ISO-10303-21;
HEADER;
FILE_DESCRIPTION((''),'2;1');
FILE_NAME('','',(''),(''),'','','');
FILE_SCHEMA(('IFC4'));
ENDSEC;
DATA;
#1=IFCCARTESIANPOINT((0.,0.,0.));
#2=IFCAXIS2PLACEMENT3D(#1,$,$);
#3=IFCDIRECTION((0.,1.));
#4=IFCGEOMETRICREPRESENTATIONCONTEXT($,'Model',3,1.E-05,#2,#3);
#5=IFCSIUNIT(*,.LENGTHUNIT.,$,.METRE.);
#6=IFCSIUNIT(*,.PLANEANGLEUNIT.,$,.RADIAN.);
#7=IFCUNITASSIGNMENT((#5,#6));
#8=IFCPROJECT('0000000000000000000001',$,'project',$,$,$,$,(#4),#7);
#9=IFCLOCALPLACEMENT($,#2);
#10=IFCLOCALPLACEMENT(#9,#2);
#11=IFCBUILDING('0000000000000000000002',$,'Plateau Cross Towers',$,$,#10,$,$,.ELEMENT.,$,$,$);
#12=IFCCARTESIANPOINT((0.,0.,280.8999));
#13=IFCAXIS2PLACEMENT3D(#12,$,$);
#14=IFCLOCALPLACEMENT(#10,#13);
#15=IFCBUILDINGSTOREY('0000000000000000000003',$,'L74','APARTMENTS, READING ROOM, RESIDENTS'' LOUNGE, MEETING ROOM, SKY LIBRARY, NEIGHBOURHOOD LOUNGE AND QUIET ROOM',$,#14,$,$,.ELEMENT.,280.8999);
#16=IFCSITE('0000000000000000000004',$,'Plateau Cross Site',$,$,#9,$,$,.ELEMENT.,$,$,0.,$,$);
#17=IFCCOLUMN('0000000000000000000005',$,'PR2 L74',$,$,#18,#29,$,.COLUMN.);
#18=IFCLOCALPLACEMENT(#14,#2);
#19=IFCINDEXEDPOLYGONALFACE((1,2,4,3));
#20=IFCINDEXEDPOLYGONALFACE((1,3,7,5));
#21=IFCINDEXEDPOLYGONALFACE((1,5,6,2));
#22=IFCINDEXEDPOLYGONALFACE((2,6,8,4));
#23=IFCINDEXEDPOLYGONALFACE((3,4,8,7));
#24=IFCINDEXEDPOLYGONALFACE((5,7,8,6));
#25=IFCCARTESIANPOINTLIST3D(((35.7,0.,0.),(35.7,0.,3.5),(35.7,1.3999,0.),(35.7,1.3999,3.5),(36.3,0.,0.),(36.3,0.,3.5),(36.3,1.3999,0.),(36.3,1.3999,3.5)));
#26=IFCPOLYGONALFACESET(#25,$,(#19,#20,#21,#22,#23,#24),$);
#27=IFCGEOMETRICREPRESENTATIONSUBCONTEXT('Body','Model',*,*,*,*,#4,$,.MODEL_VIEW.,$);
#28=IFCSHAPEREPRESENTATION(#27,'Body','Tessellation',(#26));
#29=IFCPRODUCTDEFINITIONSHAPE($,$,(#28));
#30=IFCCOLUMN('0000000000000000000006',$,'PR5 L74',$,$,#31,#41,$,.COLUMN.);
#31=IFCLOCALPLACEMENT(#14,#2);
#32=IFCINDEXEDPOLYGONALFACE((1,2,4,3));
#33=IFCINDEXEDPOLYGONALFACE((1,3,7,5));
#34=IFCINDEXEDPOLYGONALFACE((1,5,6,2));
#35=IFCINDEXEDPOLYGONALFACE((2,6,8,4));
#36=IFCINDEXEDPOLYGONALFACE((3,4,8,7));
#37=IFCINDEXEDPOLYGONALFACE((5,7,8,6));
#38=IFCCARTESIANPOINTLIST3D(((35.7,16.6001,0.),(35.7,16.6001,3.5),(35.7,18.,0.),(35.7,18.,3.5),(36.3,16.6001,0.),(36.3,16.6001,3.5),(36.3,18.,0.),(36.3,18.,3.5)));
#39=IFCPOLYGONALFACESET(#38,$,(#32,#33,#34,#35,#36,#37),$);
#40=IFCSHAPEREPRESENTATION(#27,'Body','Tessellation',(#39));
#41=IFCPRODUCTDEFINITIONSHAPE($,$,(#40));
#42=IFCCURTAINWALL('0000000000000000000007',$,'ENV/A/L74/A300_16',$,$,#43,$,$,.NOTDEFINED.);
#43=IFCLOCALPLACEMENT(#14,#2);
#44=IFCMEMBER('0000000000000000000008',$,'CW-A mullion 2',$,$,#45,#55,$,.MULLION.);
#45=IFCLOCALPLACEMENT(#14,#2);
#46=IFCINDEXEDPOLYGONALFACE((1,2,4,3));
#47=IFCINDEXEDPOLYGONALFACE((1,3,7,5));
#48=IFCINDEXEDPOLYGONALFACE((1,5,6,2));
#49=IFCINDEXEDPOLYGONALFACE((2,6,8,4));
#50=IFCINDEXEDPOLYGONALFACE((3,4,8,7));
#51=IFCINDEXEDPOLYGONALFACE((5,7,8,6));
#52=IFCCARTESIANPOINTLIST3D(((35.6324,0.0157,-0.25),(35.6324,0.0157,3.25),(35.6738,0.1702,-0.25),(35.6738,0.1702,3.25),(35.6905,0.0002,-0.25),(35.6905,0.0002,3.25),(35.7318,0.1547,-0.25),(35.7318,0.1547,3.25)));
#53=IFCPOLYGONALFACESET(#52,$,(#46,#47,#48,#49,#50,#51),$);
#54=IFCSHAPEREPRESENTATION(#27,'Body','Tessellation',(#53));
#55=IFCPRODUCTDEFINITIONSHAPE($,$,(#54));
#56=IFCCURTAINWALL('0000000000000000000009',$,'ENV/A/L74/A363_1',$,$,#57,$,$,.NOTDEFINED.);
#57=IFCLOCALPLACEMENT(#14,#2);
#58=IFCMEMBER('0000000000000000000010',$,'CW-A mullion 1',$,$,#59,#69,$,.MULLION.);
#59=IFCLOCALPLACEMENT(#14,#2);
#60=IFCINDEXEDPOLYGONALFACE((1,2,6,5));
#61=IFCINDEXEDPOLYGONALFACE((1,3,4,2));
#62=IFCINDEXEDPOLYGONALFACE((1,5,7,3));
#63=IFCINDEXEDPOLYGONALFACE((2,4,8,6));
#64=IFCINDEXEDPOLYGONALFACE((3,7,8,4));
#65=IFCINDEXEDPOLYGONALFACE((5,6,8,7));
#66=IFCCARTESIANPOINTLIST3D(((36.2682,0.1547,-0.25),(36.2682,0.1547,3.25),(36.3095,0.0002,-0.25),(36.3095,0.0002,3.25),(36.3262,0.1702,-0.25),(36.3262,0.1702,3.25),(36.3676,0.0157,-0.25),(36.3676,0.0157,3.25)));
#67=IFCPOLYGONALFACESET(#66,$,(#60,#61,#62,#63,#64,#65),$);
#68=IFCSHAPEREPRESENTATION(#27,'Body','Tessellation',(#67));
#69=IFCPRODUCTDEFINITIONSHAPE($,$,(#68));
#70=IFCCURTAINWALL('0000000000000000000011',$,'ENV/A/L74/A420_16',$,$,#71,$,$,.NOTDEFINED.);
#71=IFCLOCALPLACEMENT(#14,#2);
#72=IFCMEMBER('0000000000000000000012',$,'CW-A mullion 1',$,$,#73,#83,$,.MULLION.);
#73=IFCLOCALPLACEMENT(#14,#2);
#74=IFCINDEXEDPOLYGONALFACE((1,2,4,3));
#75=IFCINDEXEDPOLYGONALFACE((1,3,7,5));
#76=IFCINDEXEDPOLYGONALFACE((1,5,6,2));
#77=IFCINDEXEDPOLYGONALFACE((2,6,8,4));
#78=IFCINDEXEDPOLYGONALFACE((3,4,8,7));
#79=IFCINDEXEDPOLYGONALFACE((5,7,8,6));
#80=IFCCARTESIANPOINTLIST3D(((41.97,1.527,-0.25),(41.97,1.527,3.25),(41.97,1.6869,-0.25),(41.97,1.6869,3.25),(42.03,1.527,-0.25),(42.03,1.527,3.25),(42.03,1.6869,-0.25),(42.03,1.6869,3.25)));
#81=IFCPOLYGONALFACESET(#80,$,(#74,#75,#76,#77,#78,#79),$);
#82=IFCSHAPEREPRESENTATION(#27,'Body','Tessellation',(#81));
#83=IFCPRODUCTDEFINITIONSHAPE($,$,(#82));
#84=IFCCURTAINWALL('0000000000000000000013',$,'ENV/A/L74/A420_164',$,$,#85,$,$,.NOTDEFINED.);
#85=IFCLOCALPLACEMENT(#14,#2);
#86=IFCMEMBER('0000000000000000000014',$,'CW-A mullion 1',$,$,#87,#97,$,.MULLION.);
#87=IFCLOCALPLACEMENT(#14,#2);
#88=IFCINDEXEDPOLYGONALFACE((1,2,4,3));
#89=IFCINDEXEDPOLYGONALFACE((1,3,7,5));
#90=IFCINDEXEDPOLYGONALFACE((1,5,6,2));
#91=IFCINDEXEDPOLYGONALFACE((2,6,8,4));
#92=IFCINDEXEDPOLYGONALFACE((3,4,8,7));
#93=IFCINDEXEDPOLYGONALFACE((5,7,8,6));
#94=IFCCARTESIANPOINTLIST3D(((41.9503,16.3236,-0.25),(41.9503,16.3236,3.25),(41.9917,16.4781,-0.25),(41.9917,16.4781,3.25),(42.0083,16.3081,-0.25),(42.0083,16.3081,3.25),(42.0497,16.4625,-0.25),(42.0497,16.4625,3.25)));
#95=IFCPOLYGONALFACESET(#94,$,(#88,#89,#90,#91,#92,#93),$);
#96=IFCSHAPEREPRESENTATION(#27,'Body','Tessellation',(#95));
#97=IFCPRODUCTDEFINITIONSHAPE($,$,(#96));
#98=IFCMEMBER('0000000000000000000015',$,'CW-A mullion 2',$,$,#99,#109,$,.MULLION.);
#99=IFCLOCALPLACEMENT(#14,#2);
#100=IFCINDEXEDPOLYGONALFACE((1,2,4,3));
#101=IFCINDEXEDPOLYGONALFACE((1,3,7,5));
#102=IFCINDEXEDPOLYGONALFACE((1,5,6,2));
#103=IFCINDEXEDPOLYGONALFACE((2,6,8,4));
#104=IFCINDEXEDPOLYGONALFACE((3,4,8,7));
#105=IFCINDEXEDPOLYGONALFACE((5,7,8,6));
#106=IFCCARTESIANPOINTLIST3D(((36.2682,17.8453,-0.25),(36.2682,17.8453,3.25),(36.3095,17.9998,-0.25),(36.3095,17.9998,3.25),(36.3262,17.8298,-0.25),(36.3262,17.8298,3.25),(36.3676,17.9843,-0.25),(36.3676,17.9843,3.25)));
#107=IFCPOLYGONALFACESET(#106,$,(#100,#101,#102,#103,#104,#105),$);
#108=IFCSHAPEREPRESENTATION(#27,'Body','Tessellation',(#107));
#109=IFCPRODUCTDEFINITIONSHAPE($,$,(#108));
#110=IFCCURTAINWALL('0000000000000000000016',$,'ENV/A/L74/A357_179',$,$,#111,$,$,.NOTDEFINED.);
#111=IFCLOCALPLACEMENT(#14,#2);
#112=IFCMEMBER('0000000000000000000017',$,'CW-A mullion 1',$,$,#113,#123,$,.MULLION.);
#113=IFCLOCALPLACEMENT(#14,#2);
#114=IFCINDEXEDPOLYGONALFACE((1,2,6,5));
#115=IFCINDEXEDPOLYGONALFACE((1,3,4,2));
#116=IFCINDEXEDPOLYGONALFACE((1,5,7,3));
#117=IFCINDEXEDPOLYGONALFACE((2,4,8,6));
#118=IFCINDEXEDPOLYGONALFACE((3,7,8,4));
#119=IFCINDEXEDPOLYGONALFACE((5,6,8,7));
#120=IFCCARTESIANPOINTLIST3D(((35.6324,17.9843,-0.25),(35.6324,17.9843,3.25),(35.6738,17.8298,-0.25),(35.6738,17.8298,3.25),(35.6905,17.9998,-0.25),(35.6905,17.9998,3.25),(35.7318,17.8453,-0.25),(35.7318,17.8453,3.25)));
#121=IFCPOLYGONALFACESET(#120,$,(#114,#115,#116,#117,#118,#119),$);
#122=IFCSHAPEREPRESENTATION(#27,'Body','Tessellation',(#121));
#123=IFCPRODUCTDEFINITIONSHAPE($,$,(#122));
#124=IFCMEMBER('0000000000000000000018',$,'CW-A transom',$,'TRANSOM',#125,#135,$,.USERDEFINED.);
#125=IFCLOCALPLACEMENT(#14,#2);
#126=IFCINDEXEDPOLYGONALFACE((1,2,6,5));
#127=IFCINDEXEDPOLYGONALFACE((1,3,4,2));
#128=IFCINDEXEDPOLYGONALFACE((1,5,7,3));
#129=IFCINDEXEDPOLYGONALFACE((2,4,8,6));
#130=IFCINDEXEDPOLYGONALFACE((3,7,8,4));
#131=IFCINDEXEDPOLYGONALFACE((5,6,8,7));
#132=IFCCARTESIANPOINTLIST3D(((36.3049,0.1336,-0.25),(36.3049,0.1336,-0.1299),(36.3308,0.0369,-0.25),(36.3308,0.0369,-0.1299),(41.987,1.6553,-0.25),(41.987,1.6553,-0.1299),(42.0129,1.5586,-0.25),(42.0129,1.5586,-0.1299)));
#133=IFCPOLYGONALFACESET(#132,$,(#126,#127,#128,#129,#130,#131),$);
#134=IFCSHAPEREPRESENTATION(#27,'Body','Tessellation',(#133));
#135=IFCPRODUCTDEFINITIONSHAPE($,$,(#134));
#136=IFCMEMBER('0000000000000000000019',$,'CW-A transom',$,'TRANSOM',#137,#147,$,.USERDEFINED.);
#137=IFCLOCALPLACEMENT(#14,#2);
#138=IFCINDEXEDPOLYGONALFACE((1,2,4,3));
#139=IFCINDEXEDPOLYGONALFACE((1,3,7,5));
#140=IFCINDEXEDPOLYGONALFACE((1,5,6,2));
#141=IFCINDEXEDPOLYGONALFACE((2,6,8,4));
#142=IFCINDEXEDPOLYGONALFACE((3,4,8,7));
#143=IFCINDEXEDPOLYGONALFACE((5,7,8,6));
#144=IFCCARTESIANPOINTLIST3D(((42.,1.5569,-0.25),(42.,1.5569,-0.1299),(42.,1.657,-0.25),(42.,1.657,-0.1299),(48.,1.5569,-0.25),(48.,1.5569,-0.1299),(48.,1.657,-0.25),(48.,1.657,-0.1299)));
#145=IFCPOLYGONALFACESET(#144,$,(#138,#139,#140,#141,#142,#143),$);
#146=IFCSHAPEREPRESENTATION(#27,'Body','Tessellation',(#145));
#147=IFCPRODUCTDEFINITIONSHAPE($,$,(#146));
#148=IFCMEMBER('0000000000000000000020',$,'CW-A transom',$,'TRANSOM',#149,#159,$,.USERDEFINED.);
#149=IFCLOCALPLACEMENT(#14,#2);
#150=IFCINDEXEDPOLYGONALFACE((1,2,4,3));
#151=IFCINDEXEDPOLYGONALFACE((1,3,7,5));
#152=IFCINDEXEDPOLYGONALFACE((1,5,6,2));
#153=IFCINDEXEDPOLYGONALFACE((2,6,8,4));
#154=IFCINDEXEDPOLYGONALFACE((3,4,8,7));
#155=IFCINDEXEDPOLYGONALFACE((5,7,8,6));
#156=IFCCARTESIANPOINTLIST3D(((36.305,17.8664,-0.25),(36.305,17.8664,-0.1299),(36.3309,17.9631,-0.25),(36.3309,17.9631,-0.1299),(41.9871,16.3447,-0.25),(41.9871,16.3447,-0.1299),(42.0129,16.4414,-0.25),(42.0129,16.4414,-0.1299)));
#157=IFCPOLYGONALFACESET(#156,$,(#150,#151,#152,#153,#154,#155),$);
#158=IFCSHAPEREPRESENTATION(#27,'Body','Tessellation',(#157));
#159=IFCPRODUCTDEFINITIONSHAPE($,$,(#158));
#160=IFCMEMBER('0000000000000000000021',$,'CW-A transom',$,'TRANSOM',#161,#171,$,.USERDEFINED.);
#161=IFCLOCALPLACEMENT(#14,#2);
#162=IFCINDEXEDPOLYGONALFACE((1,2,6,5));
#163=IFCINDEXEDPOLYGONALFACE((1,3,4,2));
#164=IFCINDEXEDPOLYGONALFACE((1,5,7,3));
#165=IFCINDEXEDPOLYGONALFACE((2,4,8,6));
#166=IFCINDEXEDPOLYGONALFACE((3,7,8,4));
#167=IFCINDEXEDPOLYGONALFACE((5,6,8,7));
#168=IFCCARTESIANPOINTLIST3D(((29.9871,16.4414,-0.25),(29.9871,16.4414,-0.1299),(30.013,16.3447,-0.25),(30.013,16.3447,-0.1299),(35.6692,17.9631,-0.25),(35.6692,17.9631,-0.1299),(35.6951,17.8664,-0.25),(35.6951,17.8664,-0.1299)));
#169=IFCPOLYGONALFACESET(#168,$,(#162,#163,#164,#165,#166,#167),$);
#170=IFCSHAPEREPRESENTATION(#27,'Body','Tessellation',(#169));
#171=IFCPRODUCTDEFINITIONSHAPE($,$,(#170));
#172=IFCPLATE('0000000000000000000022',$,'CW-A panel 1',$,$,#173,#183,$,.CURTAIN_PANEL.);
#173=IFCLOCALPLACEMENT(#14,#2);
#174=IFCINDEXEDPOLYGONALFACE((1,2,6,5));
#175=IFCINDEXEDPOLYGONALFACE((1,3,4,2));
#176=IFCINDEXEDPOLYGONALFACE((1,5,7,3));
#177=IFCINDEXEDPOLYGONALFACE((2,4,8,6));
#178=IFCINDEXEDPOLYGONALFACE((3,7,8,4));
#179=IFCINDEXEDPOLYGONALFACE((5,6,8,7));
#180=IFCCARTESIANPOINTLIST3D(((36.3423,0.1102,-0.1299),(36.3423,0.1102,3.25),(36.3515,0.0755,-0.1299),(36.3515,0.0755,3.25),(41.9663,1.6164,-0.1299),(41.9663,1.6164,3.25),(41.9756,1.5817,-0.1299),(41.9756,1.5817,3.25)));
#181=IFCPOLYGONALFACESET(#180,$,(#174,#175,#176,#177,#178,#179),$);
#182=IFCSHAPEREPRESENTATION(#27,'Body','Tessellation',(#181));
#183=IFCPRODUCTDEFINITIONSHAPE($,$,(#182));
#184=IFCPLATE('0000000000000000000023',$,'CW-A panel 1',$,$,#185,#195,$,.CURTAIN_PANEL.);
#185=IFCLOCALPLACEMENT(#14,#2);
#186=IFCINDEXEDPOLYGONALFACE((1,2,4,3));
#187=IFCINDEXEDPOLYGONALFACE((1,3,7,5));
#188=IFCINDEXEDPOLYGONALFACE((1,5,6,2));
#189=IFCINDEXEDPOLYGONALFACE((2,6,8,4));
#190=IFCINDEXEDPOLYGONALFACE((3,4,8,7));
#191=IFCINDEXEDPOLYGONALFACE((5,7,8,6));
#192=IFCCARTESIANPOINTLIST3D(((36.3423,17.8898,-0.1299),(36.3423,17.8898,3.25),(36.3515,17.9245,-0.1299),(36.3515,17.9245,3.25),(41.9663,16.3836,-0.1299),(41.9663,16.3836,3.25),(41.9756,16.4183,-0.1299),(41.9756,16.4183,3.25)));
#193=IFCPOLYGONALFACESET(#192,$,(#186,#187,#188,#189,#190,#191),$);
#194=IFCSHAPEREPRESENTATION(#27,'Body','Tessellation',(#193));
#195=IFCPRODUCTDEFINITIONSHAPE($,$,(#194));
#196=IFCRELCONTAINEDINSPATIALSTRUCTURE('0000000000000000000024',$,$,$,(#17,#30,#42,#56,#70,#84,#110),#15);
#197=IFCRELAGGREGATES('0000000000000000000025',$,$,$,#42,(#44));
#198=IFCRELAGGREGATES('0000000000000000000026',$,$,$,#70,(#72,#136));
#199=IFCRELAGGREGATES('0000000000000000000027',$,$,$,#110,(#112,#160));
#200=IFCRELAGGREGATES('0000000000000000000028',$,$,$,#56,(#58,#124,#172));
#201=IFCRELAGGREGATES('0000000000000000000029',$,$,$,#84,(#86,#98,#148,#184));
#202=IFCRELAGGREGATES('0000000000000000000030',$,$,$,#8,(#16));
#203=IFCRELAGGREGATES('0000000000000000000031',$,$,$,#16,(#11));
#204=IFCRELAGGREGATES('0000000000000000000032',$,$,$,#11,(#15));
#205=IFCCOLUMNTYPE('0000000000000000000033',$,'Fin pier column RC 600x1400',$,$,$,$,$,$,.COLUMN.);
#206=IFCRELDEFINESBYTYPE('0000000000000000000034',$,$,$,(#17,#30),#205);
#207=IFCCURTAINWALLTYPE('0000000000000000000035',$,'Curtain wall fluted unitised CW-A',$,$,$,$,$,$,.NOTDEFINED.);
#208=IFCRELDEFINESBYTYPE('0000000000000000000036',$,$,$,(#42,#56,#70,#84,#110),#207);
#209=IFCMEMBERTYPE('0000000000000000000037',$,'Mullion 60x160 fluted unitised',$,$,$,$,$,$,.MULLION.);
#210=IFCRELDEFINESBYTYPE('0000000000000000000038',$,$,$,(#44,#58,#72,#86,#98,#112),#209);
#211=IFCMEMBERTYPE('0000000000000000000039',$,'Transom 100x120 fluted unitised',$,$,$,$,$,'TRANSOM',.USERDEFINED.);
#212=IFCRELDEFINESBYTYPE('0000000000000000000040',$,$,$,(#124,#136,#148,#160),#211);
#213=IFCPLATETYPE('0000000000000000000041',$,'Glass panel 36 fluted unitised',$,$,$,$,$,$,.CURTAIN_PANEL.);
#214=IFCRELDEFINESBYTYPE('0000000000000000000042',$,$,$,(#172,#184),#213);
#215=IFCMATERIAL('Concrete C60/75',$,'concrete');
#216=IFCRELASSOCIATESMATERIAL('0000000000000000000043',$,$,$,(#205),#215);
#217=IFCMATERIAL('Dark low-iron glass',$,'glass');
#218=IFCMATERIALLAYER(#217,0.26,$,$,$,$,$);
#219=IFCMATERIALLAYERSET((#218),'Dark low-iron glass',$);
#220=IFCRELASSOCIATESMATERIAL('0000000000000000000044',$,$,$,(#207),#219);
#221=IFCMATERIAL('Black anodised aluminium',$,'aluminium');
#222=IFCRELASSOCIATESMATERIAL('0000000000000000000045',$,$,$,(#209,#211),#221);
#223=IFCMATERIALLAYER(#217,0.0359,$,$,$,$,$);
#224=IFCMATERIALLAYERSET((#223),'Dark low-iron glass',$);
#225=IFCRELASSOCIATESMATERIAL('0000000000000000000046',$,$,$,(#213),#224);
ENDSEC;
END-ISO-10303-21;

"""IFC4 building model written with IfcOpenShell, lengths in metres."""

from ifc_helpers import new_model, si_unit, direction, frame, origin, origin_2d, place, context, subcontext, project, spatial, rectangle, extrude, material, layer, layer_set, material_profile, profile_set, type_object, element, aggregate, save


model = new_model("IFC4")

# Units and contexts
model_context = context("Model", 3, precision=1e-05, world=origin(), true_north=direction((0.0, 1.0)))
body_context = subcontext(model_context, "Body", "Model", "MODEL_VIEW")
ifc_project = project(units=[si_unit("LENGTHUNIT", "METRE"), si_unit("PLANEANGLEUNIT", "RADIAN")], contexts=[model_context])

# Site, building, storey
site_placement = place(None, origin())
site = spatial("IfcSite", under=ifc_project, at=site_placement, Name="Plateau Cross Site", CompositionType="ELEMENT", RefElevation=0.0)
building_placement = place(site_placement, origin())
building = spatial("IfcBuilding", under=site, at=building_placement, Name="Plateau Cross Towers", CompositionType="ELEMENT")
storey_placement = place(building_placement, frame((0.0, 0.0, 280.8999)))
storey = spatial("IfcBuildingStorey", under=building, at=storey_placement, Name="L74", Description="APARTMENTS, READING ROOM, RESIDENTS' LOUNGE, MEETING ROOM, SKY LIBRARY, NEIGHBOURHOOD LOUNGE AND QUIET ROOM", CompositionType="ELEMENT", Elevation=280.8999)

# Columns
ifc_material_1 = material(Name="Concrete C60/75", Category="concrete")
ifc_material_profile_1 = material_profile(ifc_material_1, rectangle(XDim=0.6001, YDim=1.3999, at=origin_2d()), Name="RC 600x1400")
ifc_profile_set_1 = profile_set([ifc_material_profile_1], Name="Concrete C60/75")
column_type = type_object("IfcColumnType", Name="Fin pier column RC 600x1400", PredefinedType="COLUMN", material=ifc_profile_set_1)
for number, where, z_axis, x_axis, name in (
    (1, (36.0, 0.7, 0.0), (0.0, 0.0, 1.0), (1.0, 0.0, 0.0), "PR2 L74"),
    (2, (36.0, 17.3, 0.0), (0.0, 0.0, 1.0), (1.0, 0.0, 0.0), "PR5 L74"),
):
    element("IfcColumn", number, at=place(storey_placement, frame(where, z_axis=z_axis, x_axis=x_axis)), inside=storey, type_object=column_type, Name=name, PredefinedType="COLUMN", context=body_context, shape_type="SweptSolid", body=[
        extrude(rectangle(XDim=0.6001, YDim=1.3999, at=origin_2d()), origin(), (0.0, 0.0, 1.0), 3.5),
    ])

# Curtain walls, members
ifc_material_2 = material(Name="Dark low-iron glass", Category="glass")
ifc_layer_1 = layer(ifc_material_2, 0.26)
ifc_layer_set_1 = layer_set([ifc_layer_1], Name="Dark low-iron glass")
curtain_wall_type = type_object("IfcCurtainWallType", Name="Curtain wall fluted unitised CW-A", PredefinedType="NOTDEFINED", material=ifc_layer_set_1)
curtain_wall_1_placement = place(storey_placement, origin())
curtain_wall_1 = element("IfcCurtainWall", 3, at=curtain_wall_1_placement, inside=storey, type_object=curtain_wall_type, Name="ENV/A/L74/A300_16", PredefinedType="NOTDEFINED")
ifc_material_3 = material(Name="Black anodised aluminium", Category="aluminium")
ifc_material_profile_2 = material_profile(ifc_material_3, rectangle(XDim=0.0601, YDim=0.1599, at=origin_2d()), Name="MULLION 60x160")
ifc_profile_set_2 = profile_set([ifc_material_profile_2], Name="Black anodised aluminium")
member_type_1 = type_object("IfcMemberType", Name="Mullion 60x160 fluted unitised", PredefinedType="MULLION", material=ifc_profile_set_2)
member_1_placement = place(storey_placement, frame((35.6821, 0.0852, -0.25), z_axis=(0.0, 0.0, 1.0), x_axis=(0.965958, -0.258699, 0.0)))
member_1 = element("IfcMember", 4, at=member_1_placement, type_object=member_type_1, Name="CW-A mullion 2", PredefinedType="MULLION", context=body_context, shape_type="SweptSolid", body=[
    extrude(rectangle(XDim=0.0601, YDim=0.1599, at=origin_2d()), origin(), (0.0, 0.0, 1.0), 3.5),
])
aggregate(curtain_wall_1, [member_1])
curtain_wall_2_placement = place(storey_placement, origin())
curtain_wall_2 = element("IfcCurtainWall", 5, at=curtain_wall_2_placement, inside=storey, type_object=curtain_wall_type, Name="ENV/A/L74/A363_1", PredefinedType="NOTDEFINED")
member_2_placement = place(storey_placement, frame((36.3179, 0.0852, -0.25), z_axis=(0.0, 0.0, 1.0), x_axis=(0.965958, 0.258699, 0.0)))
member_2 = element("IfcMember", 6, at=member_2_placement, type_object=member_type_1, Name="CW-A mullion 1", PredefinedType="MULLION", context=body_context, shape_type="SweptSolid", body=[
    extrude(rectangle(XDim=0.0601, YDim=0.1599, at=origin_2d()), origin(), (0.0, 0.0, 1.0), 3.5),
])
curtain_wall_3_placement = place(storey_placement, origin())
curtain_wall_3 = element("IfcCurtainWall", 7, at=curtain_wall_3_placement, inside=storey, type_object=curtain_wall_type, Name="ENV/A/L74/A420_16", PredefinedType="NOTDEFINED")
member_3_placement = place(storey_placement, frame((42.0, 1.6069, -0.25), z_axis=(0.0, 0.0, 1.0), x_axis=(1.0, 0.0, 0.0)))
member_3 = element("IfcMember", 8, at=member_3_placement, type_object=member_type_1, Name="CW-A mullion 1", PredefinedType="MULLION", context=body_context, shape_type="SweptSolid", body=[
    extrude(rectangle(XDim=0.0601, YDim=0.1599, at=origin_2d()), origin(), (0.0, 0.0, 1.0), 3.5),
])

# Curtain wall, members
curtain_wall_4_placement = place(storey_placement, origin())
curtain_wall_4 = element("IfcCurtainWall", 9, at=curtain_wall_4_placement, inside=storey, type_object=curtain_wall_type, Name="ENV/A/L74/A420_164", PredefinedType="NOTDEFINED")
member_4_placement = place(storey_placement, frame((42.0, 16.3931, -0.25), z_axis=(0.0, 0.0, 1.0), x_axis=(-0.965958, 0.258699, 0.0)))
member_4 = element("IfcMember", 10, at=member_4_placement, type_object=member_type_1, Name="CW-A mullion 1", PredefinedType="MULLION", context=body_context, shape_type="SweptSolid", body=[
    extrude(rectangle(XDim=0.0601, YDim=0.1599, at=origin_2d()), origin(), (0.0, 0.0, 1.0), 3.5),
])
member_5_placement = place(storey_placement, frame((36.3179, 17.9148, -0.25), z_axis=(0.0, 0.0, 1.0), x_axis=(-0.965958, 0.258699, 0.0)))
member_5 = element("IfcMember", 11, at=member_5_placement, type_object=member_type_1, Name="CW-A mullion 2", PredefinedType="MULLION", context=body_context, shape_type="SweptSolid", body=[
    extrude(rectangle(XDim=0.0601, YDim=0.1599, at=origin_2d()), origin(), (0.0, 0.0, 1.0), 3.5),
])

# Curtain wall, member
curtain_wall_5_placement = place(storey_placement, origin())
curtain_wall_5 = element("IfcCurtainWall", 12, at=curtain_wall_5_placement, inside=storey, type_object=curtain_wall_type, Name="ENV/A/L74/A357_179", PredefinedType="NOTDEFINED")
member_6_placement = place(storey_placement, frame((35.6821, 17.9148, -0.25), z_axis=(0.0, 0.0, 1.0), x_axis=(-0.965958, -0.258699, 0.0)))
member_6 = element("IfcMember", 13, at=member_6_placement, type_object=member_type_1, Name="CW-A mullion 1", PredefinedType="MULLION", context=body_context, shape_type="SweptSolid", body=[
    extrude(rectangle(XDim=0.0601, YDim=0.1599, at=origin_2d()), origin(), (0.0, 0.0, 1.0), 3.5),
])

# Members
ifc_material_profile_3 = material_profile(ifc_material_3, rectangle(XDim=0.1001, YDim=0.1201, at=origin_2d()), Name="TRANSOM 100x120")
ifc_profile_set_3 = profile_set([ifc_material_profile_3], Name="Black anodised aluminium")
member_type_2 = type_object("IfcMemberType", Name="Transom 100x120 fluted unitised", ElementType="TRANSOM", PredefinedType="USERDEFINED", material=ifc_profile_set_3)
member_7_placement = place(storey_placement, frame((36.3179, 0.0852, -0.1899), z_axis=(0.96596, 0.258693, 0.0), x_axis=(-0.258693, 0.96596, 0.0)))
member_7 = element("IfcMember", 14, at=member_7_placement, type_object=member_type_2, Name="CW-A transom", ObjectType="TRANSOM", PredefinedType="USERDEFINED", context=body_context, shape_type="SweptSolid", body=[
    extrude(rectangle(XDim=0.1001, YDim=0.1201, at=origin_2d()), origin(), (0.0, 0.0, 1.0), 5.8823),
])
member_8_placement = place(storey_placement, frame((42.0, 1.6069, -0.1899), z_axis=(1.0, 0.0, 0.0), x_axis=(0.0, 1.0, 0.0)))
member_8 = element("IfcMember", 15, at=member_8_placement, type_object=member_type_2, Name="CW-A transom", ObjectType="TRANSOM", PredefinedType="USERDEFINED", context=body_context, shape_type="SweptSolid", body=[
    extrude(rectangle(XDim=0.1001, YDim=0.1201, at=origin_2d()), origin(), (0.0, 0.0, 1.0), 6.0),
])
aggregate(curtain_wall_3, [member_3, member_8])
member_9_placement = place(storey_placement, frame((42.0, 16.3931, -0.1899), z_axis=(-0.96596, 0.258693, 0.0), x_axis=(-0.258693, -0.96596, 0.0)))
member_9 = element("IfcMember", 16, at=member_9_placement, type_object=member_type_2, Name="CW-A transom", ObjectType="TRANSOM", PredefinedType="USERDEFINED", context=body_context, shape_type="SweptSolid", body=[
    extrude(rectangle(XDim=0.1001, YDim=0.1201, at=origin_2d()), origin(), (0.0, 0.0, 1.0), 5.8823),
])
member_10_placement = place(storey_placement, frame((35.6821, 17.9148, -0.1899), z_axis=(-0.96596, -0.258693, 0.0), x_axis=(0.258693, -0.96596, 0.0)))
member_10 = element("IfcMember", 17, at=member_10_placement, type_object=member_type_2, Name="CW-A transom", ObjectType="TRANSOM", PredefinedType="USERDEFINED", context=body_context, shape_type="SweptSolid", body=[
    extrude(rectangle(XDim=0.1001, YDim=0.1201, at=origin_2d()), origin(), (0.0, 0.0, 1.0), 5.8823),
])
aggregate(curtain_wall_5, [member_6, member_10])

# Plates
ifc_layer_2 = layer(ifc_material_2, 0.0359)
ifc_layer_set_2 = layer_set([ifc_layer_2], Name="Dark low-iron glass")
plate_type = type_object("IfcPlateType", Name="Glass panel 36 fluted unitised", PredefinedType="CURTAIN_PANEL", material=ifc_layer_set_2)
plate_1_placement = place(storey_placement, frame((39.1589, 0.8459, -0.1299), z_axis=(0.0, 0.0, 1.0), x_axis=(0.965958, 0.258699, 0.0)))
plate_1 = element("IfcPlate", 18, at=plate_1_placement, type_object=plate_type, Name="CW-A panel 1", PredefinedType="CURTAIN_PANEL", context=body_context, shape_type="SweptSolid", body=[
    extrude(rectangle(XDim=5.8223, YDim=0.0359, at=origin_2d()), origin(), (0.0, 0.0, 1.0), 3.3799),
])
aggregate(curtain_wall_2, [member_2, member_7, plate_1])
plate_2_placement = place(storey_placement, frame((39.1589, 17.1541, -0.1299), z_axis=(0.0, 0.0, 1.0), x_axis=(-0.965958, 0.258699, 0.0)))
plate_2 = element("IfcPlate", 19, at=plate_2_placement, type_object=plate_type, Name="CW-A panel 1", PredefinedType="CURTAIN_PANEL", context=body_context, shape_type="SweptSolid", body=[
    extrude(rectangle(XDim=5.8223, YDim=0.0359, at=origin_2d()), origin(), (0.0, 0.0, 1.0), 3.3799),
])
aggregate(curtain_wall_4, [member_4, member_5, member_9, plate_2])

save(model, "model.ifc")
